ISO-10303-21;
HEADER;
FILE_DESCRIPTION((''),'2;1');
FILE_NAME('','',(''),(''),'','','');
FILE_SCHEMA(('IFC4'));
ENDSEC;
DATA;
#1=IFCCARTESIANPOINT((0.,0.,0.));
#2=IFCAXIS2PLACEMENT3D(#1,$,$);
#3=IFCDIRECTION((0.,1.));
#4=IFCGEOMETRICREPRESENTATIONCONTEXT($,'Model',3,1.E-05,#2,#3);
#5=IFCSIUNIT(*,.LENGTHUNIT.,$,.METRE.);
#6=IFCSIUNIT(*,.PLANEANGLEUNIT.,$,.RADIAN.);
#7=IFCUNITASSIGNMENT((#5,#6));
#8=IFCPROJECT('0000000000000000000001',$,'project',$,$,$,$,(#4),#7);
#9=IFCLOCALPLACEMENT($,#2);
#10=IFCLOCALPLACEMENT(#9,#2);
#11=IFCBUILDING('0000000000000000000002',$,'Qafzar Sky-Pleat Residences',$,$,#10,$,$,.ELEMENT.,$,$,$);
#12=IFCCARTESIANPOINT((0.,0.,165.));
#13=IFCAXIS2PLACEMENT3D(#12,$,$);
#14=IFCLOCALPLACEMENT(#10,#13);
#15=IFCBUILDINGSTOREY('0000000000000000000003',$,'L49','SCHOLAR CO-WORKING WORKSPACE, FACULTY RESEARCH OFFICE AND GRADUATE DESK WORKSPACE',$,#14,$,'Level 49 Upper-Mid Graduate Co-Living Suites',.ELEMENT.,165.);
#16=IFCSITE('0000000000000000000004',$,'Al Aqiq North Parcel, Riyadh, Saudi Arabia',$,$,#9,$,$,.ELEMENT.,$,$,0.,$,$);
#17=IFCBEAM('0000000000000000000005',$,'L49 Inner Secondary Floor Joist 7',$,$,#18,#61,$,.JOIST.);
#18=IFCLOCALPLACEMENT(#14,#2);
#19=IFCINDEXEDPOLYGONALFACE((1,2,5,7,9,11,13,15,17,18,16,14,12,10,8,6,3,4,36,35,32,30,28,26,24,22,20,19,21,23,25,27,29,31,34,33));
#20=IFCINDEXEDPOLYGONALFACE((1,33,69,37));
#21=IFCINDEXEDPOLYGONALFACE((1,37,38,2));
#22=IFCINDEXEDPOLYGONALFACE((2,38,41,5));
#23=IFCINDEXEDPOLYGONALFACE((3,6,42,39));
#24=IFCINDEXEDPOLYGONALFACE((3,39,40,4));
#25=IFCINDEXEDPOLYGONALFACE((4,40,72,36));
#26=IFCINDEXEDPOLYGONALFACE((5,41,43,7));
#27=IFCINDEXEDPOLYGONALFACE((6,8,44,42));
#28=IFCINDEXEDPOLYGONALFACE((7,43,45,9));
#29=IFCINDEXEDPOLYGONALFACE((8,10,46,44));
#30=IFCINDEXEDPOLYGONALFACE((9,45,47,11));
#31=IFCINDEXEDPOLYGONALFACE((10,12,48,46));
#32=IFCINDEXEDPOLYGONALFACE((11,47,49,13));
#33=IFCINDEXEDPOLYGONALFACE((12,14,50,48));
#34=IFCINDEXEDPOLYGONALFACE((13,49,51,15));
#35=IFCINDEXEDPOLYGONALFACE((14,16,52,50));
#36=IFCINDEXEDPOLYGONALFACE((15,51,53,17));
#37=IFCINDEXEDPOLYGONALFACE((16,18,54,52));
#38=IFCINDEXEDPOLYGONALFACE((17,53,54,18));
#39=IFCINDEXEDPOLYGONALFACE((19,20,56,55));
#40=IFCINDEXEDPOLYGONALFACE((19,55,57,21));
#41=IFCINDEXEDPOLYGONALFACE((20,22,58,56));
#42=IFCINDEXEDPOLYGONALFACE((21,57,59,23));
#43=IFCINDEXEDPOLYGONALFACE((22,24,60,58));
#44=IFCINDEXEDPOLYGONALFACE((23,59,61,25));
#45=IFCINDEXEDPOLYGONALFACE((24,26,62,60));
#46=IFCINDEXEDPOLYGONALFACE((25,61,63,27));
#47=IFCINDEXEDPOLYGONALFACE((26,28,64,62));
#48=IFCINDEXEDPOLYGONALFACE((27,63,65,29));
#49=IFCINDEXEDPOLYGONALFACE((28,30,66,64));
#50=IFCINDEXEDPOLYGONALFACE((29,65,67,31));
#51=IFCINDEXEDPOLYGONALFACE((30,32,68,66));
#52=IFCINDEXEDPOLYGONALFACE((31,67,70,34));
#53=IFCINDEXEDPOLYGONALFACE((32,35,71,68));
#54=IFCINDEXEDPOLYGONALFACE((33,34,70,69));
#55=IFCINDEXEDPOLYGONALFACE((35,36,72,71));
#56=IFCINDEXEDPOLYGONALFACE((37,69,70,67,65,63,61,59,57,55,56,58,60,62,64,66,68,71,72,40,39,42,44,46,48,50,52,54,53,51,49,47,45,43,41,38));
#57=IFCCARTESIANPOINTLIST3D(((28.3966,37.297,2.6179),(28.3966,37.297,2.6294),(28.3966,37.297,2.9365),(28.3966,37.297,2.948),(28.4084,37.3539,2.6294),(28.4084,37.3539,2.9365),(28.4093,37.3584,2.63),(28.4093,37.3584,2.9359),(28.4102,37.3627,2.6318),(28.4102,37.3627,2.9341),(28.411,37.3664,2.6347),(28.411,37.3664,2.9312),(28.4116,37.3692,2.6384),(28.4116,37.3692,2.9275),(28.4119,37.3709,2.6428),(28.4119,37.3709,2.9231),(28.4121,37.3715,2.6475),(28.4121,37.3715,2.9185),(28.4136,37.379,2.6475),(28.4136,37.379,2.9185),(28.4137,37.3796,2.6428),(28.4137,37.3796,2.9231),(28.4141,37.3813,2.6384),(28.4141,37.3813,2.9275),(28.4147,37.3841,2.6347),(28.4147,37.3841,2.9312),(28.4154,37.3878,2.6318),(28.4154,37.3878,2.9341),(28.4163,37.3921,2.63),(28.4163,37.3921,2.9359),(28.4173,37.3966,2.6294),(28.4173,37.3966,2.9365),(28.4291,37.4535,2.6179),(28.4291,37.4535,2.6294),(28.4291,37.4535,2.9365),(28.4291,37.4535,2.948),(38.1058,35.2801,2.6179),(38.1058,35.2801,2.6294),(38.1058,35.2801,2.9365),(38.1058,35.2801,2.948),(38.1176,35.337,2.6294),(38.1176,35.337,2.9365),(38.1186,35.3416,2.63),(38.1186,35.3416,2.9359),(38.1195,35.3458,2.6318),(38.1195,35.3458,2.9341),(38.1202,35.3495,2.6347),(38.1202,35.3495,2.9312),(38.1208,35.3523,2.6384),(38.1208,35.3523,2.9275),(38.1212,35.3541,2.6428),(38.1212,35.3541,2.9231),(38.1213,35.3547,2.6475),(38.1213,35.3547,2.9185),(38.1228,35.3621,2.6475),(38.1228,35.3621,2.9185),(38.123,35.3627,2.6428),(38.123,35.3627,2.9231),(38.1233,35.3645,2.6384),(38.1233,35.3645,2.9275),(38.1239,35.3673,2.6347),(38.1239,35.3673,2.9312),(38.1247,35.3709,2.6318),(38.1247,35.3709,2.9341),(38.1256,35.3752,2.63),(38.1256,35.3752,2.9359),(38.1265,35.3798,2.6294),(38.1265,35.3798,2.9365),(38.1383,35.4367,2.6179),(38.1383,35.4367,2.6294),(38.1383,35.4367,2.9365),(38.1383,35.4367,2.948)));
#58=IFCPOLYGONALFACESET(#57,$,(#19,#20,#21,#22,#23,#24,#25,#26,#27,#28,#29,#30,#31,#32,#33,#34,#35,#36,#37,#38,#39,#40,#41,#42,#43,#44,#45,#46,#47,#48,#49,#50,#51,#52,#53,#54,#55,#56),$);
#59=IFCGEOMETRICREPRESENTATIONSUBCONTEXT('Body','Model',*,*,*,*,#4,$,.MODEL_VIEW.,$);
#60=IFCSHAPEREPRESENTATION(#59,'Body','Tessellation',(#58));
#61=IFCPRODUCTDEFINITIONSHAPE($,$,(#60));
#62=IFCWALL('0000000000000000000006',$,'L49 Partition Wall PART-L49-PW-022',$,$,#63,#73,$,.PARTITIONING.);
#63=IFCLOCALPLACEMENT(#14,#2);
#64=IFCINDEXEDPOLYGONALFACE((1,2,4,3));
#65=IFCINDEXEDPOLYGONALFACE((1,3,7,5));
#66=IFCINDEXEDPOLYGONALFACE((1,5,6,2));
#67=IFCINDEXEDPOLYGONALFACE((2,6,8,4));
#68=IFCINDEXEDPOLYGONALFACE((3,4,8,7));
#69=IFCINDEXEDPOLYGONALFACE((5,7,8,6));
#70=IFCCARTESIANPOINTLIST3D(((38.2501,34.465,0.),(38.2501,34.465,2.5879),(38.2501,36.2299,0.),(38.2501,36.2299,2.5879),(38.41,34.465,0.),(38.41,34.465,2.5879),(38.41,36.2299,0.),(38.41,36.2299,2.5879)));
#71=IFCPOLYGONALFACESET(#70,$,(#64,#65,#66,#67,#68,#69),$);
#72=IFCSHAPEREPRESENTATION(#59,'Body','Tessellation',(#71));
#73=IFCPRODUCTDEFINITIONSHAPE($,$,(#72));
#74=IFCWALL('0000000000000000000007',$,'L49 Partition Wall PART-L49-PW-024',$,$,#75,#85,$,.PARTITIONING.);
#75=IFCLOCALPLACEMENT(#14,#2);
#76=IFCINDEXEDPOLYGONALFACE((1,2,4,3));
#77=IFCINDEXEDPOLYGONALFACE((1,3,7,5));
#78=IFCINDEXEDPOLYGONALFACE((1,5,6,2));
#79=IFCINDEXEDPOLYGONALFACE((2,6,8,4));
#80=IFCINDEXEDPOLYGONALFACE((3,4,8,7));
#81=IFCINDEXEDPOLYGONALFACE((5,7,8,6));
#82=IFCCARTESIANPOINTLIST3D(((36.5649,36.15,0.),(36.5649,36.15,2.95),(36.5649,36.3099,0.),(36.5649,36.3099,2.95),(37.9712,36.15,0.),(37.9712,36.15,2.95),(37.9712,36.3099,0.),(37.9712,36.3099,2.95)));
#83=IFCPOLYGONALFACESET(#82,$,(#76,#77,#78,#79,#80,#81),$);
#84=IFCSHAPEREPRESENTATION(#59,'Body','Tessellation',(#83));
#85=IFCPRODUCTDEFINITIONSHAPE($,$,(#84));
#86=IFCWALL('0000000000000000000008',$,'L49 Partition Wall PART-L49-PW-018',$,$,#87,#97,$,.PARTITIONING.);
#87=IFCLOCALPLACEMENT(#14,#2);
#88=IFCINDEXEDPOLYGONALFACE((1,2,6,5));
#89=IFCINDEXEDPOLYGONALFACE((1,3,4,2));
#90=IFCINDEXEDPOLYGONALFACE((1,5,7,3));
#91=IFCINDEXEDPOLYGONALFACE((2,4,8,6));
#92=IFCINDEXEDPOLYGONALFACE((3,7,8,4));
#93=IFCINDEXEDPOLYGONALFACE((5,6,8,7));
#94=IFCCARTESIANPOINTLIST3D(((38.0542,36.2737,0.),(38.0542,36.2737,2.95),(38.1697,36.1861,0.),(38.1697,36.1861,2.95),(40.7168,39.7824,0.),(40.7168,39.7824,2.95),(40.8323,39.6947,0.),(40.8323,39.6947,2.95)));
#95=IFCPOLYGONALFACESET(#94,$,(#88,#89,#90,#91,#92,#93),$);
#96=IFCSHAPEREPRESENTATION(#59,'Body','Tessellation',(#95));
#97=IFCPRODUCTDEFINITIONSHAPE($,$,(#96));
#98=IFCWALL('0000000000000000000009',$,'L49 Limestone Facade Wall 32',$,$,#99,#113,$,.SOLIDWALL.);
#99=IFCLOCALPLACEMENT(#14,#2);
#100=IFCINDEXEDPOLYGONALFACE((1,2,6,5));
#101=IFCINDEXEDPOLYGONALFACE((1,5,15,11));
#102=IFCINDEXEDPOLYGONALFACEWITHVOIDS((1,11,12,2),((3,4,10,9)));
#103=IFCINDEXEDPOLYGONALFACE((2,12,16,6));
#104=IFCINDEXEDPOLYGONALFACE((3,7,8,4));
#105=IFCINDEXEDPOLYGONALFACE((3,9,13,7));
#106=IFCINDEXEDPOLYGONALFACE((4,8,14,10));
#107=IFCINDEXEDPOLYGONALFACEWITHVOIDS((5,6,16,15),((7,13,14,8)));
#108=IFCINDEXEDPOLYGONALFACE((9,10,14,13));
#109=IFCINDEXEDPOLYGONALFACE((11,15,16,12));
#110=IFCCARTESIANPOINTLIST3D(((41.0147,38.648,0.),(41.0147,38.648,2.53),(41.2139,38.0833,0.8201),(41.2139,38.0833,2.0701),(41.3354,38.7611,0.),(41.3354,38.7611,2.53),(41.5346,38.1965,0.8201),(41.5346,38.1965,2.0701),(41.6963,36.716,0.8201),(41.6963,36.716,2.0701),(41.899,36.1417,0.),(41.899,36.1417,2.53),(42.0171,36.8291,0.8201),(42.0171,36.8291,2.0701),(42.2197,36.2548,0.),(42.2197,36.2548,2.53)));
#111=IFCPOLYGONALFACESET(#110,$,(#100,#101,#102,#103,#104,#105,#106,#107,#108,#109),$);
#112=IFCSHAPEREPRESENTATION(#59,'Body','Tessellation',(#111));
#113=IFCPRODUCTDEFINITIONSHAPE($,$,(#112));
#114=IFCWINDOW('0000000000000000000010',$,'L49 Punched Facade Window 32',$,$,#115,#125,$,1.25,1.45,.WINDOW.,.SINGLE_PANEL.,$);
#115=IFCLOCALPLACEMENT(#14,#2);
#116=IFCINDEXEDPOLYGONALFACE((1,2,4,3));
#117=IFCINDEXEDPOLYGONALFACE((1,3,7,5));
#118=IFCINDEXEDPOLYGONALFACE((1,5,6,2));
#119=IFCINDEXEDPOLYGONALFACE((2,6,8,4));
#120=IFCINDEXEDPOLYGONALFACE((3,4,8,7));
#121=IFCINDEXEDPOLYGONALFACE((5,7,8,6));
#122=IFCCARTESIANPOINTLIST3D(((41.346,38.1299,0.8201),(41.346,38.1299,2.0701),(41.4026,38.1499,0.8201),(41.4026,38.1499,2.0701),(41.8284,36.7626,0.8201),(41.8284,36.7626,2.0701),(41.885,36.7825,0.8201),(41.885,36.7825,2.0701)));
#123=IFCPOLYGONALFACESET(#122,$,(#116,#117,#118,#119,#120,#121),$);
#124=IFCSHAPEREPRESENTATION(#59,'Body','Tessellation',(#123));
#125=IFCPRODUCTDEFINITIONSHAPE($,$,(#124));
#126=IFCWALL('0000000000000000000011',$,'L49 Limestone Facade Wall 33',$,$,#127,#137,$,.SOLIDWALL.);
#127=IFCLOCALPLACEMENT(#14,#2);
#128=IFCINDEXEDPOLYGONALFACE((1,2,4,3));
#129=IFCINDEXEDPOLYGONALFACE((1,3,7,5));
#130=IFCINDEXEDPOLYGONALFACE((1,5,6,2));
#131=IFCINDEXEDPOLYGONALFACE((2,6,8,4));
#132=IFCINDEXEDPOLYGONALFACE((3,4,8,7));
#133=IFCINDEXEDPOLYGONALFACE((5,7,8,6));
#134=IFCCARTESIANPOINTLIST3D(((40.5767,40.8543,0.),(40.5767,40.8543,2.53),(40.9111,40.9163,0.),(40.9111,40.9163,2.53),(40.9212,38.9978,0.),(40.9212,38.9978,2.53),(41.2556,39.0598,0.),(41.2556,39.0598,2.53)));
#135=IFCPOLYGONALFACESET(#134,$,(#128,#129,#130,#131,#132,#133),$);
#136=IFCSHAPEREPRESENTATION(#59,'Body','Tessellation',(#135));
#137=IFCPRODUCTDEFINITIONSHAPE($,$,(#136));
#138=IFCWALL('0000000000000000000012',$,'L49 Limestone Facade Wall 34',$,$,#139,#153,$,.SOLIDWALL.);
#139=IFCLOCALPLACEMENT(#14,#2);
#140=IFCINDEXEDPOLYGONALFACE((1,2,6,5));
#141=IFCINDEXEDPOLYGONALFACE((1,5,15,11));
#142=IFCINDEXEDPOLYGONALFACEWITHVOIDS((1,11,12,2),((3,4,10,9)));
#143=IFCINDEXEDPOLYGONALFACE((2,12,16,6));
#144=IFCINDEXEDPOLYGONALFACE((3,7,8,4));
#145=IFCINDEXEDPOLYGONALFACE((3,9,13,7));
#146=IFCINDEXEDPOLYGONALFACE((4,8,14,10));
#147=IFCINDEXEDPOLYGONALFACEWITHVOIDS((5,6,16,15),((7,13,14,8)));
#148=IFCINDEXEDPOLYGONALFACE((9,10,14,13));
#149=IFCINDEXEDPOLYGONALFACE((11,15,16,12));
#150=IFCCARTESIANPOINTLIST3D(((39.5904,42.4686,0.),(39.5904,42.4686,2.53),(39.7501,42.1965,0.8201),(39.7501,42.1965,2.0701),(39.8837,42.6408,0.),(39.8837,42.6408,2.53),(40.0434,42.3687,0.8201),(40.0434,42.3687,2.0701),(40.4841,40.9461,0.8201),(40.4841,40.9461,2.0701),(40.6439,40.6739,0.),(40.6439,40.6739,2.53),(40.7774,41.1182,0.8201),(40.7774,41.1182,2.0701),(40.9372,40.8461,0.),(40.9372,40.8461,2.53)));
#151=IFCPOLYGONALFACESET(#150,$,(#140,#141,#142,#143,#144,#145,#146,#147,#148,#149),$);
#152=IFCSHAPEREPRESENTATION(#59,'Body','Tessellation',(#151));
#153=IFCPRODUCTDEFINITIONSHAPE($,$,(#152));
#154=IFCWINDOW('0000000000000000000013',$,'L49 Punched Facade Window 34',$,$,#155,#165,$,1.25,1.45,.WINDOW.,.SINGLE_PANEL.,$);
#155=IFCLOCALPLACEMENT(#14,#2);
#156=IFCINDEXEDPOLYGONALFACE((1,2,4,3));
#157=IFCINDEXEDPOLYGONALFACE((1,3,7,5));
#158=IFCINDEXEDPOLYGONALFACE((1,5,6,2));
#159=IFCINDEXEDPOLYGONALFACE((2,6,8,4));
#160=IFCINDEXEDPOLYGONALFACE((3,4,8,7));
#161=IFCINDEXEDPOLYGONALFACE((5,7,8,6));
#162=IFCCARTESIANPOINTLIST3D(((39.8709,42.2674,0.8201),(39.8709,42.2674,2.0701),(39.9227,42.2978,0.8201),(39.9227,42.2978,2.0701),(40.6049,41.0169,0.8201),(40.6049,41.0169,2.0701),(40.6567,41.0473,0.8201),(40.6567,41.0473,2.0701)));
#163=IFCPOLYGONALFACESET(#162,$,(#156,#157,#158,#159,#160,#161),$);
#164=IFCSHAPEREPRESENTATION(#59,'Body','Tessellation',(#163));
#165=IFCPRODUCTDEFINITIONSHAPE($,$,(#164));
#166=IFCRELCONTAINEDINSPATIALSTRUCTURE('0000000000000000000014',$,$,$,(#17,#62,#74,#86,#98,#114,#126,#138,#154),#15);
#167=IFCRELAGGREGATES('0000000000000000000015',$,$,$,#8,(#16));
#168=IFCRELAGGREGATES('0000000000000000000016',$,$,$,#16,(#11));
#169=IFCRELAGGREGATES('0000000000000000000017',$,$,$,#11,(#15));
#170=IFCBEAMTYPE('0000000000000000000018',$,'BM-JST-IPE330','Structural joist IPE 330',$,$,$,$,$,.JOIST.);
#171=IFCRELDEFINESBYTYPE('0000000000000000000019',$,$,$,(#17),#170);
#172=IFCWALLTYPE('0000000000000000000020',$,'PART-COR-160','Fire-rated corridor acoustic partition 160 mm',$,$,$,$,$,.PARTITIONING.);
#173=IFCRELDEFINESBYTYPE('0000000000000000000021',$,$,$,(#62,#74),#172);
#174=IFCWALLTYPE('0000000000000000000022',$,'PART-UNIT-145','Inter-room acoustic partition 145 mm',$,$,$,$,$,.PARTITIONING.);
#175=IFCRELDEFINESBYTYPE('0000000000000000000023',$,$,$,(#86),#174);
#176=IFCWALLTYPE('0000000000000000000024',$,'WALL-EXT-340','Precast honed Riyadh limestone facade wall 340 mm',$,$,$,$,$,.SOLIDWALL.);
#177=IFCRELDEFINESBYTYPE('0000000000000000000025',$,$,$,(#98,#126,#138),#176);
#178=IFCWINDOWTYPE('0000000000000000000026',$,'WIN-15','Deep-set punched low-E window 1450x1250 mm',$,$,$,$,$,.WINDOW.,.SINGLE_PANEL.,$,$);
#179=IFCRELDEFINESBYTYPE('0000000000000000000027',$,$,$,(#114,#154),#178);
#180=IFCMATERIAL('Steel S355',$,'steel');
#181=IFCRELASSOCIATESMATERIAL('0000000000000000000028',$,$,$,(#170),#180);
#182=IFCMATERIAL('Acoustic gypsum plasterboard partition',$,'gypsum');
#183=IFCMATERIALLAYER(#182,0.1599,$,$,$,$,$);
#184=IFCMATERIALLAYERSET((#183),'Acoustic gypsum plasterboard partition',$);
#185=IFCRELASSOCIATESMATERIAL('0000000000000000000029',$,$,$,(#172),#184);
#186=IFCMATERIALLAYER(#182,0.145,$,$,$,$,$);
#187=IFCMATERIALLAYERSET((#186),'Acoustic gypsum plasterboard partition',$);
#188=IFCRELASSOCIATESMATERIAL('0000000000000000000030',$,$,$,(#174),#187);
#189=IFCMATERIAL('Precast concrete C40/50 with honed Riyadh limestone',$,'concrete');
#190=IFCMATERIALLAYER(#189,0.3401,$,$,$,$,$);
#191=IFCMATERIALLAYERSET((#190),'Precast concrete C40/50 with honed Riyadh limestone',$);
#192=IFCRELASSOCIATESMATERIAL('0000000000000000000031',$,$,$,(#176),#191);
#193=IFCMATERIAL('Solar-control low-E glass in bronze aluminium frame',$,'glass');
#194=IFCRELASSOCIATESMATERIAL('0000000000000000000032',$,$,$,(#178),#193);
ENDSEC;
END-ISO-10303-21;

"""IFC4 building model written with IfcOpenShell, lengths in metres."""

from ifc_helpers import new_model, si_unit, direction, frame, frame_2d, origin, origin_2d, place, context, subcontext, project, spatial, rectangle, i_section, extrude, source, transform, mapped, material, layer, layer_set, material_profile, profile_set, type_object, element, fill, save


model = new_model("IFC4")

# Units and contexts
model_context = context("Model", 3, precision=1e-05, world=origin(), true_north=direction((0.0, 1.0)))
body_context = subcontext(model_context, "Body", "Model", "MODEL_VIEW")
ifc_project = project(units=[si_unit("LENGTHUNIT", "METRE"), si_unit("PLANEANGLEUNIT", "RADIAN")], contexts=[model_context])

# Site, building, storey
site_placement = place(None, origin())
site = spatial("IfcSite", under=ifc_project, at=site_placement, Name="Al Aqiq North Parcel, Riyadh, Saudi Arabia", CompositionType="ELEMENT", RefElevation=0.0)
building_placement = place(site_placement, origin())
building = spatial("IfcBuilding", under=site, at=building_placement, Name="Qafzar Sky-Pleat Residences", CompositionType="ELEMENT")
storey_placement = place(building_placement, frame((0.0, 0.0, 165.0)))
storey = spatial("IfcBuildingStorey", under=building, at=storey_placement, Name="L49", Description="SCHOLAR CO-WORKING WORKSPACE, FACULTY RESEARCH OFFICE AND GRADUATE DESK WORKSPACE", LongName="Level 49 Upper-Mid Graduate Co-Living Suites", CompositionType="ELEMENT", Elevation=165.0)

# Beam
ifc_material_1 = material(Name="Steel S355", Category="steel")
ifc_material_profile_1 = material_profile(ifc_material_1, i_section(OverallWidth=0.1599, OverallDepth=0.3301, WebThickness=0.0076, FlangeThickness=0.0115, FilletRadius=0.0181, at=origin_2d()), Name="IPE 330")
ifc_profile_set_1 = profile_set([ifc_material_profile_1], Name="Steel S355")
beam_type_1 = type_object("IfcBeamType", Name="BM-JST-IPE330", Description="Structural joist IPE 330", PredefinedType="JOIST", material=ifc_profile_set_1)
shared_shape_1 = source(origin(), body_context, "Body", "SweptSolid", [
    extrude(i_section(OverallWidth=0.1599, OverallDepth=0.3301, WebThickness=0.0076, FlangeThickness=0.0115, FilletRadius=0.0181, at=origin_2d()), origin(), (0.0, 0.0, 1.0), 9.9165),
])
beam_1_placement = place(storey_placement, frame((38.1221, 35.3584, 2.783), z_axis=(-0.979099, 0.203383, 0.0), x_axis=(-0.203383, -0.979099, 0.0)))
element("IfcBeam", 1, at=beam_1_placement, inside=storey, type_object=beam_type_1, Name="L49 Inner Secondary Floor Joist 7", PredefinedType="JOIST", context=body_context, shape_type="MappedRepresentation", body=[
    mapped(shared_shape_1, transform((0.0, 0.0, 0.0), x_axis=(1.0, 0.0, 0.0), y_axis=(0.0, 1.0, 0.0), z_axis=(0.0, 0.0, 1.0), scale=1.0)),
])

# Walls
ifc_material_2 = material(Name="Acoustic gypsum plasterboard partition", Category="gypsum")
ifc_layer_1 = layer(ifc_material_2, 0.1599)
ifc_layer_set_1 = layer_set([ifc_layer_1], Name="Acoustic gypsum plasterboard partition")
wall_type_1 = type_object("IfcWallType", Name="PART-COR-160", Description="Fire-rated corridor acoustic partition 160 mm", PredefinedType="PARTITIONING", material=ifc_layer_set_1)
wall_1_placement = place(storey_placement, frame((38.3301, 34.4651, 0.0), z_axis=(0.0, 0.0, 1.0), x_axis=(0.0, 1.0, 0.0)))
element("IfcWall", 2, at=wall_1_placement, inside=storey, type_object=wall_type_1, Name="L49 Partition Wall PART-L49-PW-022", PredefinedType="PARTITIONING", context=body_context, shape_type="SweptSolid", body=[
    extrude(rectangle(XDim=1.7649, YDim=0.1599, at=frame_2d((0.8823, 0.0))), origin(), (0.0, 0.0, 1.0), 2.5879),
])
wall_2_placement = place(storey_placement, frame((36.5649, 36.23, 0.0), z_axis=(0.0, 0.0, 1.0), x_axis=(1.0, 0.0, 0.0)))
element("IfcWall", 3, at=wall_2_placement, inside=storey, type_object=wall_type_1, Name="L49 Partition Wall PART-L49-PW-024", PredefinedType="PARTITIONING", context=body_context, shape_type="SweptSolid", body=[
    extrude(rectangle(XDim=1.4062, YDim=0.1599, at=frame_2d((0.7031, 0.0))), origin(), (0.0, 0.0, 1.0), 2.95),
])
ifc_layer_2 = layer(ifc_material_2, 0.145)
ifc_layer_set_2 = layer_set([ifc_layer_2], Name="Acoustic gypsum plasterboard partition")
wall_type_2 = type_object("IfcWallType", Name="PART-UNIT-145", Description="Inter-room acoustic partition 145 mm", PredefinedType="PARTITIONING", material=ifc_layer_set_2)
wall_3_placement = place(storey_placement, frame((38.1121, 36.23, 0.0), z_axis=(0.0, 0.0, 1.0), x_axis=(0.604496, 0.796608, 0.0)))
element("IfcWall", 4, at=wall_3_placement, inside=storey, type_object=wall_type_2, Name="L49 Partition Wall PART-L49-PW-018", PredefinedType="PARTITIONING", context=body_context, shape_type="SweptSolid", body=[
    extrude(rectangle(XDim=4.4045, YDim=0.145, at=frame_2d((2.2021, 0.0))), origin(), (0.0, 0.0, 1.0), 2.95),
])

# Wall, opening, window
ifc_material_3 = material(Name="Precast concrete C40/50 with honed Riyadh limestone", Category="concrete")
ifc_layer_3 = layer(ifc_material_3, 0.3401)
ifc_layer_set_3 = layer_set([ifc_layer_3], Name="Precast concrete C40/50 with honed Riyadh limestone")
wall_type_3 = type_object("IfcWallType", Name="WALL-EXT-340", Description="Precast honed Riyadh limestone facade wall 340 mm", PredefinedType="SOLIDWALL", material=ifc_layer_set_3)
wall_4_placement = place(storey_placement, frame((42.0593, 36.1982, 0.0), z_axis=(0.0, 0.0, 1.0), x_axis=(-0.332714, 0.943028, 0.0)))
wall_4 = element("IfcWall", 5, at=wall_4_placement, inside=storey, type_object=wall_type_3, Name="L49 Limestone Facade Wall 32", PredefinedType="SOLIDWALL", context=body_context, shape_type="SweptSolid", body=[
    extrude(rectangle(XDim=2.6577, YDim=0.3401, at=frame_2d((1.3289, 0.0))), origin(), (0.0, 0.0, 1.0), 2.53),
])
opening_1_placement = place(wall_4_placement, frame((0.6089, 0.0, 0.8201)))
opening_1 = element("IfcOpeningElement", 6, at=opening_1_placement, cuts=wall_4, PredefinedType="OPENING", context=body_context, shape_type="SweptSolid", body=[
    extrude(rectangle(XDim=1.45, YDim=1.25, at=frame_2d((0.7251, 0.625))), frame((0.0, 0.1802, 0.0), z_axis=(0.0, -1.0, 0.0), x_axis=(1.0, 0.0, 0.0)), (0.0, 0.0, 1.0), 0.3601),
])
ifc_material_4 = material(Name="Solar-control low-E glass in bronze aluminium frame", Category="glass")
window_type_1 = type_object("IfcWindowType", Name="WIN-15", Description="Deep-set punched low-E window 1450x1250 mm", PartitioningType="SINGLE_PANEL", PredefinedType="WINDOW", material=ifc_material_4)
shared_shape_2 = source(origin(), body_context, "Body", "SweptSolid", [
    extrude(rectangle(XDim=1.45, YDim=1.25, at=frame_2d((0.7251, 0.625))), frame((0.0, 0.03, 0.0), z_axis=(0.0, -1.0, 0.0), x_axis=(1.0, 0.0, 0.0)), (0.0, 0.0, 1.0), 0.0601),
])
window_1_placement = place(opening_1_placement, origin())
window_1 = element("IfcWindow", 7, at=window_1_placement, inside=storey, type_object=window_type_1, Name="L49 Punched Facade Window 32", OverallHeight=1.25, OverallWidth=1.45, PartitioningType="SINGLE_PANEL", PredefinedType="WINDOW", context=body_context, shape_type="MappedRepresentation", body=[
    mapped(shared_shape_2, transform((0.0, 0.0, 0.0), x_axis=(1.0, 0.0, 0.0), y_axis=(0.0, 1.0, 0.0), z_axis=(0.0, 0.0, 1.0), scale=1.0)),
])
fill(opening_1, window_1)

# Wall
wall_5_placement = place(storey_placement, frame((41.0884, 39.0288, 0.0), z_axis=(0.0, 0.0, 1.0), x_axis=(-0.182446, 0.983216, 0.0)))
element("IfcWall", 8, at=wall_5_placement, inside=storey, type_object=wall_type_3, Name="L49 Limestone Facade Wall 33", PredefinedType="SOLIDWALL", context=body_context, shape_type="SweptSolid", body=[
    extrude(rectangle(XDim=1.8882, YDim=0.3401, at=frame_2d((0.9441, 0.0))), origin(), (0.0, 0.0, 1.0), 2.53),
])

# Wall, opening, window
wall_6_placement = place(storey_placement, frame((40.7905, 40.76, 0.0), z_axis=(0.0, 0.0, 1.0), x_axis=(-0.506225, 0.862401, 0.0)))
wall_6 = element("IfcWall", 9, at=wall_6_placement, inside=storey, type_object=wall_type_3, Name="L49 Limestone Facade Wall 34", PredefinedType="SOLIDWALL", context=body_context, shape_type="SweptSolid", body=[
    extrude(rectangle(XDim=2.0811, YDim=0.3401, at=frame_2d((1.0405, 0.0))), origin(), (0.0, 0.0, 1.0), 2.53),
])
opening_2_placement = place(wall_6_placement, frame((0.3154, 0.0, 0.8201)))
opening_2 = element("IfcOpeningElement", 10, at=opening_2_placement, cuts=wall_6, PredefinedType="OPENING", context=body_context, shape_type="SweptSolid", body=[
    extrude(rectangle(XDim=1.45, YDim=1.25, at=frame_2d((0.7251, 0.625))), frame((0.0, 0.1802, 0.0), z_axis=(0.0, -1.0, 0.0), x_axis=(1.0, 0.0, 0.0)), (0.0, 0.0, 1.0), 0.3601),
])
window_2_placement = place(opening_2_placement, origin())
window_2 = element("IfcWindow", 11, at=window_2_placement, inside=storey, type_object=window_type_1, Name="L49 Punched Facade Window 34", OverallHeight=1.25, OverallWidth=1.45, PartitioningType="SINGLE_PANEL", PredefinedType="WINDOW", context=body_context, shape_type="MappedRepresentation", body=[
    mapped(shared_shape_2, transform((0.0, 0.0, 0.0), x_axis=(1.0, 0.0, 0.0), y_axis=(0.0, 1.0, 0.0), z_axis=(0.0, 0.0, 1.0), scale=1.0)),
])
fill(opening_2, window_2)

save(model, "model.ifc")
